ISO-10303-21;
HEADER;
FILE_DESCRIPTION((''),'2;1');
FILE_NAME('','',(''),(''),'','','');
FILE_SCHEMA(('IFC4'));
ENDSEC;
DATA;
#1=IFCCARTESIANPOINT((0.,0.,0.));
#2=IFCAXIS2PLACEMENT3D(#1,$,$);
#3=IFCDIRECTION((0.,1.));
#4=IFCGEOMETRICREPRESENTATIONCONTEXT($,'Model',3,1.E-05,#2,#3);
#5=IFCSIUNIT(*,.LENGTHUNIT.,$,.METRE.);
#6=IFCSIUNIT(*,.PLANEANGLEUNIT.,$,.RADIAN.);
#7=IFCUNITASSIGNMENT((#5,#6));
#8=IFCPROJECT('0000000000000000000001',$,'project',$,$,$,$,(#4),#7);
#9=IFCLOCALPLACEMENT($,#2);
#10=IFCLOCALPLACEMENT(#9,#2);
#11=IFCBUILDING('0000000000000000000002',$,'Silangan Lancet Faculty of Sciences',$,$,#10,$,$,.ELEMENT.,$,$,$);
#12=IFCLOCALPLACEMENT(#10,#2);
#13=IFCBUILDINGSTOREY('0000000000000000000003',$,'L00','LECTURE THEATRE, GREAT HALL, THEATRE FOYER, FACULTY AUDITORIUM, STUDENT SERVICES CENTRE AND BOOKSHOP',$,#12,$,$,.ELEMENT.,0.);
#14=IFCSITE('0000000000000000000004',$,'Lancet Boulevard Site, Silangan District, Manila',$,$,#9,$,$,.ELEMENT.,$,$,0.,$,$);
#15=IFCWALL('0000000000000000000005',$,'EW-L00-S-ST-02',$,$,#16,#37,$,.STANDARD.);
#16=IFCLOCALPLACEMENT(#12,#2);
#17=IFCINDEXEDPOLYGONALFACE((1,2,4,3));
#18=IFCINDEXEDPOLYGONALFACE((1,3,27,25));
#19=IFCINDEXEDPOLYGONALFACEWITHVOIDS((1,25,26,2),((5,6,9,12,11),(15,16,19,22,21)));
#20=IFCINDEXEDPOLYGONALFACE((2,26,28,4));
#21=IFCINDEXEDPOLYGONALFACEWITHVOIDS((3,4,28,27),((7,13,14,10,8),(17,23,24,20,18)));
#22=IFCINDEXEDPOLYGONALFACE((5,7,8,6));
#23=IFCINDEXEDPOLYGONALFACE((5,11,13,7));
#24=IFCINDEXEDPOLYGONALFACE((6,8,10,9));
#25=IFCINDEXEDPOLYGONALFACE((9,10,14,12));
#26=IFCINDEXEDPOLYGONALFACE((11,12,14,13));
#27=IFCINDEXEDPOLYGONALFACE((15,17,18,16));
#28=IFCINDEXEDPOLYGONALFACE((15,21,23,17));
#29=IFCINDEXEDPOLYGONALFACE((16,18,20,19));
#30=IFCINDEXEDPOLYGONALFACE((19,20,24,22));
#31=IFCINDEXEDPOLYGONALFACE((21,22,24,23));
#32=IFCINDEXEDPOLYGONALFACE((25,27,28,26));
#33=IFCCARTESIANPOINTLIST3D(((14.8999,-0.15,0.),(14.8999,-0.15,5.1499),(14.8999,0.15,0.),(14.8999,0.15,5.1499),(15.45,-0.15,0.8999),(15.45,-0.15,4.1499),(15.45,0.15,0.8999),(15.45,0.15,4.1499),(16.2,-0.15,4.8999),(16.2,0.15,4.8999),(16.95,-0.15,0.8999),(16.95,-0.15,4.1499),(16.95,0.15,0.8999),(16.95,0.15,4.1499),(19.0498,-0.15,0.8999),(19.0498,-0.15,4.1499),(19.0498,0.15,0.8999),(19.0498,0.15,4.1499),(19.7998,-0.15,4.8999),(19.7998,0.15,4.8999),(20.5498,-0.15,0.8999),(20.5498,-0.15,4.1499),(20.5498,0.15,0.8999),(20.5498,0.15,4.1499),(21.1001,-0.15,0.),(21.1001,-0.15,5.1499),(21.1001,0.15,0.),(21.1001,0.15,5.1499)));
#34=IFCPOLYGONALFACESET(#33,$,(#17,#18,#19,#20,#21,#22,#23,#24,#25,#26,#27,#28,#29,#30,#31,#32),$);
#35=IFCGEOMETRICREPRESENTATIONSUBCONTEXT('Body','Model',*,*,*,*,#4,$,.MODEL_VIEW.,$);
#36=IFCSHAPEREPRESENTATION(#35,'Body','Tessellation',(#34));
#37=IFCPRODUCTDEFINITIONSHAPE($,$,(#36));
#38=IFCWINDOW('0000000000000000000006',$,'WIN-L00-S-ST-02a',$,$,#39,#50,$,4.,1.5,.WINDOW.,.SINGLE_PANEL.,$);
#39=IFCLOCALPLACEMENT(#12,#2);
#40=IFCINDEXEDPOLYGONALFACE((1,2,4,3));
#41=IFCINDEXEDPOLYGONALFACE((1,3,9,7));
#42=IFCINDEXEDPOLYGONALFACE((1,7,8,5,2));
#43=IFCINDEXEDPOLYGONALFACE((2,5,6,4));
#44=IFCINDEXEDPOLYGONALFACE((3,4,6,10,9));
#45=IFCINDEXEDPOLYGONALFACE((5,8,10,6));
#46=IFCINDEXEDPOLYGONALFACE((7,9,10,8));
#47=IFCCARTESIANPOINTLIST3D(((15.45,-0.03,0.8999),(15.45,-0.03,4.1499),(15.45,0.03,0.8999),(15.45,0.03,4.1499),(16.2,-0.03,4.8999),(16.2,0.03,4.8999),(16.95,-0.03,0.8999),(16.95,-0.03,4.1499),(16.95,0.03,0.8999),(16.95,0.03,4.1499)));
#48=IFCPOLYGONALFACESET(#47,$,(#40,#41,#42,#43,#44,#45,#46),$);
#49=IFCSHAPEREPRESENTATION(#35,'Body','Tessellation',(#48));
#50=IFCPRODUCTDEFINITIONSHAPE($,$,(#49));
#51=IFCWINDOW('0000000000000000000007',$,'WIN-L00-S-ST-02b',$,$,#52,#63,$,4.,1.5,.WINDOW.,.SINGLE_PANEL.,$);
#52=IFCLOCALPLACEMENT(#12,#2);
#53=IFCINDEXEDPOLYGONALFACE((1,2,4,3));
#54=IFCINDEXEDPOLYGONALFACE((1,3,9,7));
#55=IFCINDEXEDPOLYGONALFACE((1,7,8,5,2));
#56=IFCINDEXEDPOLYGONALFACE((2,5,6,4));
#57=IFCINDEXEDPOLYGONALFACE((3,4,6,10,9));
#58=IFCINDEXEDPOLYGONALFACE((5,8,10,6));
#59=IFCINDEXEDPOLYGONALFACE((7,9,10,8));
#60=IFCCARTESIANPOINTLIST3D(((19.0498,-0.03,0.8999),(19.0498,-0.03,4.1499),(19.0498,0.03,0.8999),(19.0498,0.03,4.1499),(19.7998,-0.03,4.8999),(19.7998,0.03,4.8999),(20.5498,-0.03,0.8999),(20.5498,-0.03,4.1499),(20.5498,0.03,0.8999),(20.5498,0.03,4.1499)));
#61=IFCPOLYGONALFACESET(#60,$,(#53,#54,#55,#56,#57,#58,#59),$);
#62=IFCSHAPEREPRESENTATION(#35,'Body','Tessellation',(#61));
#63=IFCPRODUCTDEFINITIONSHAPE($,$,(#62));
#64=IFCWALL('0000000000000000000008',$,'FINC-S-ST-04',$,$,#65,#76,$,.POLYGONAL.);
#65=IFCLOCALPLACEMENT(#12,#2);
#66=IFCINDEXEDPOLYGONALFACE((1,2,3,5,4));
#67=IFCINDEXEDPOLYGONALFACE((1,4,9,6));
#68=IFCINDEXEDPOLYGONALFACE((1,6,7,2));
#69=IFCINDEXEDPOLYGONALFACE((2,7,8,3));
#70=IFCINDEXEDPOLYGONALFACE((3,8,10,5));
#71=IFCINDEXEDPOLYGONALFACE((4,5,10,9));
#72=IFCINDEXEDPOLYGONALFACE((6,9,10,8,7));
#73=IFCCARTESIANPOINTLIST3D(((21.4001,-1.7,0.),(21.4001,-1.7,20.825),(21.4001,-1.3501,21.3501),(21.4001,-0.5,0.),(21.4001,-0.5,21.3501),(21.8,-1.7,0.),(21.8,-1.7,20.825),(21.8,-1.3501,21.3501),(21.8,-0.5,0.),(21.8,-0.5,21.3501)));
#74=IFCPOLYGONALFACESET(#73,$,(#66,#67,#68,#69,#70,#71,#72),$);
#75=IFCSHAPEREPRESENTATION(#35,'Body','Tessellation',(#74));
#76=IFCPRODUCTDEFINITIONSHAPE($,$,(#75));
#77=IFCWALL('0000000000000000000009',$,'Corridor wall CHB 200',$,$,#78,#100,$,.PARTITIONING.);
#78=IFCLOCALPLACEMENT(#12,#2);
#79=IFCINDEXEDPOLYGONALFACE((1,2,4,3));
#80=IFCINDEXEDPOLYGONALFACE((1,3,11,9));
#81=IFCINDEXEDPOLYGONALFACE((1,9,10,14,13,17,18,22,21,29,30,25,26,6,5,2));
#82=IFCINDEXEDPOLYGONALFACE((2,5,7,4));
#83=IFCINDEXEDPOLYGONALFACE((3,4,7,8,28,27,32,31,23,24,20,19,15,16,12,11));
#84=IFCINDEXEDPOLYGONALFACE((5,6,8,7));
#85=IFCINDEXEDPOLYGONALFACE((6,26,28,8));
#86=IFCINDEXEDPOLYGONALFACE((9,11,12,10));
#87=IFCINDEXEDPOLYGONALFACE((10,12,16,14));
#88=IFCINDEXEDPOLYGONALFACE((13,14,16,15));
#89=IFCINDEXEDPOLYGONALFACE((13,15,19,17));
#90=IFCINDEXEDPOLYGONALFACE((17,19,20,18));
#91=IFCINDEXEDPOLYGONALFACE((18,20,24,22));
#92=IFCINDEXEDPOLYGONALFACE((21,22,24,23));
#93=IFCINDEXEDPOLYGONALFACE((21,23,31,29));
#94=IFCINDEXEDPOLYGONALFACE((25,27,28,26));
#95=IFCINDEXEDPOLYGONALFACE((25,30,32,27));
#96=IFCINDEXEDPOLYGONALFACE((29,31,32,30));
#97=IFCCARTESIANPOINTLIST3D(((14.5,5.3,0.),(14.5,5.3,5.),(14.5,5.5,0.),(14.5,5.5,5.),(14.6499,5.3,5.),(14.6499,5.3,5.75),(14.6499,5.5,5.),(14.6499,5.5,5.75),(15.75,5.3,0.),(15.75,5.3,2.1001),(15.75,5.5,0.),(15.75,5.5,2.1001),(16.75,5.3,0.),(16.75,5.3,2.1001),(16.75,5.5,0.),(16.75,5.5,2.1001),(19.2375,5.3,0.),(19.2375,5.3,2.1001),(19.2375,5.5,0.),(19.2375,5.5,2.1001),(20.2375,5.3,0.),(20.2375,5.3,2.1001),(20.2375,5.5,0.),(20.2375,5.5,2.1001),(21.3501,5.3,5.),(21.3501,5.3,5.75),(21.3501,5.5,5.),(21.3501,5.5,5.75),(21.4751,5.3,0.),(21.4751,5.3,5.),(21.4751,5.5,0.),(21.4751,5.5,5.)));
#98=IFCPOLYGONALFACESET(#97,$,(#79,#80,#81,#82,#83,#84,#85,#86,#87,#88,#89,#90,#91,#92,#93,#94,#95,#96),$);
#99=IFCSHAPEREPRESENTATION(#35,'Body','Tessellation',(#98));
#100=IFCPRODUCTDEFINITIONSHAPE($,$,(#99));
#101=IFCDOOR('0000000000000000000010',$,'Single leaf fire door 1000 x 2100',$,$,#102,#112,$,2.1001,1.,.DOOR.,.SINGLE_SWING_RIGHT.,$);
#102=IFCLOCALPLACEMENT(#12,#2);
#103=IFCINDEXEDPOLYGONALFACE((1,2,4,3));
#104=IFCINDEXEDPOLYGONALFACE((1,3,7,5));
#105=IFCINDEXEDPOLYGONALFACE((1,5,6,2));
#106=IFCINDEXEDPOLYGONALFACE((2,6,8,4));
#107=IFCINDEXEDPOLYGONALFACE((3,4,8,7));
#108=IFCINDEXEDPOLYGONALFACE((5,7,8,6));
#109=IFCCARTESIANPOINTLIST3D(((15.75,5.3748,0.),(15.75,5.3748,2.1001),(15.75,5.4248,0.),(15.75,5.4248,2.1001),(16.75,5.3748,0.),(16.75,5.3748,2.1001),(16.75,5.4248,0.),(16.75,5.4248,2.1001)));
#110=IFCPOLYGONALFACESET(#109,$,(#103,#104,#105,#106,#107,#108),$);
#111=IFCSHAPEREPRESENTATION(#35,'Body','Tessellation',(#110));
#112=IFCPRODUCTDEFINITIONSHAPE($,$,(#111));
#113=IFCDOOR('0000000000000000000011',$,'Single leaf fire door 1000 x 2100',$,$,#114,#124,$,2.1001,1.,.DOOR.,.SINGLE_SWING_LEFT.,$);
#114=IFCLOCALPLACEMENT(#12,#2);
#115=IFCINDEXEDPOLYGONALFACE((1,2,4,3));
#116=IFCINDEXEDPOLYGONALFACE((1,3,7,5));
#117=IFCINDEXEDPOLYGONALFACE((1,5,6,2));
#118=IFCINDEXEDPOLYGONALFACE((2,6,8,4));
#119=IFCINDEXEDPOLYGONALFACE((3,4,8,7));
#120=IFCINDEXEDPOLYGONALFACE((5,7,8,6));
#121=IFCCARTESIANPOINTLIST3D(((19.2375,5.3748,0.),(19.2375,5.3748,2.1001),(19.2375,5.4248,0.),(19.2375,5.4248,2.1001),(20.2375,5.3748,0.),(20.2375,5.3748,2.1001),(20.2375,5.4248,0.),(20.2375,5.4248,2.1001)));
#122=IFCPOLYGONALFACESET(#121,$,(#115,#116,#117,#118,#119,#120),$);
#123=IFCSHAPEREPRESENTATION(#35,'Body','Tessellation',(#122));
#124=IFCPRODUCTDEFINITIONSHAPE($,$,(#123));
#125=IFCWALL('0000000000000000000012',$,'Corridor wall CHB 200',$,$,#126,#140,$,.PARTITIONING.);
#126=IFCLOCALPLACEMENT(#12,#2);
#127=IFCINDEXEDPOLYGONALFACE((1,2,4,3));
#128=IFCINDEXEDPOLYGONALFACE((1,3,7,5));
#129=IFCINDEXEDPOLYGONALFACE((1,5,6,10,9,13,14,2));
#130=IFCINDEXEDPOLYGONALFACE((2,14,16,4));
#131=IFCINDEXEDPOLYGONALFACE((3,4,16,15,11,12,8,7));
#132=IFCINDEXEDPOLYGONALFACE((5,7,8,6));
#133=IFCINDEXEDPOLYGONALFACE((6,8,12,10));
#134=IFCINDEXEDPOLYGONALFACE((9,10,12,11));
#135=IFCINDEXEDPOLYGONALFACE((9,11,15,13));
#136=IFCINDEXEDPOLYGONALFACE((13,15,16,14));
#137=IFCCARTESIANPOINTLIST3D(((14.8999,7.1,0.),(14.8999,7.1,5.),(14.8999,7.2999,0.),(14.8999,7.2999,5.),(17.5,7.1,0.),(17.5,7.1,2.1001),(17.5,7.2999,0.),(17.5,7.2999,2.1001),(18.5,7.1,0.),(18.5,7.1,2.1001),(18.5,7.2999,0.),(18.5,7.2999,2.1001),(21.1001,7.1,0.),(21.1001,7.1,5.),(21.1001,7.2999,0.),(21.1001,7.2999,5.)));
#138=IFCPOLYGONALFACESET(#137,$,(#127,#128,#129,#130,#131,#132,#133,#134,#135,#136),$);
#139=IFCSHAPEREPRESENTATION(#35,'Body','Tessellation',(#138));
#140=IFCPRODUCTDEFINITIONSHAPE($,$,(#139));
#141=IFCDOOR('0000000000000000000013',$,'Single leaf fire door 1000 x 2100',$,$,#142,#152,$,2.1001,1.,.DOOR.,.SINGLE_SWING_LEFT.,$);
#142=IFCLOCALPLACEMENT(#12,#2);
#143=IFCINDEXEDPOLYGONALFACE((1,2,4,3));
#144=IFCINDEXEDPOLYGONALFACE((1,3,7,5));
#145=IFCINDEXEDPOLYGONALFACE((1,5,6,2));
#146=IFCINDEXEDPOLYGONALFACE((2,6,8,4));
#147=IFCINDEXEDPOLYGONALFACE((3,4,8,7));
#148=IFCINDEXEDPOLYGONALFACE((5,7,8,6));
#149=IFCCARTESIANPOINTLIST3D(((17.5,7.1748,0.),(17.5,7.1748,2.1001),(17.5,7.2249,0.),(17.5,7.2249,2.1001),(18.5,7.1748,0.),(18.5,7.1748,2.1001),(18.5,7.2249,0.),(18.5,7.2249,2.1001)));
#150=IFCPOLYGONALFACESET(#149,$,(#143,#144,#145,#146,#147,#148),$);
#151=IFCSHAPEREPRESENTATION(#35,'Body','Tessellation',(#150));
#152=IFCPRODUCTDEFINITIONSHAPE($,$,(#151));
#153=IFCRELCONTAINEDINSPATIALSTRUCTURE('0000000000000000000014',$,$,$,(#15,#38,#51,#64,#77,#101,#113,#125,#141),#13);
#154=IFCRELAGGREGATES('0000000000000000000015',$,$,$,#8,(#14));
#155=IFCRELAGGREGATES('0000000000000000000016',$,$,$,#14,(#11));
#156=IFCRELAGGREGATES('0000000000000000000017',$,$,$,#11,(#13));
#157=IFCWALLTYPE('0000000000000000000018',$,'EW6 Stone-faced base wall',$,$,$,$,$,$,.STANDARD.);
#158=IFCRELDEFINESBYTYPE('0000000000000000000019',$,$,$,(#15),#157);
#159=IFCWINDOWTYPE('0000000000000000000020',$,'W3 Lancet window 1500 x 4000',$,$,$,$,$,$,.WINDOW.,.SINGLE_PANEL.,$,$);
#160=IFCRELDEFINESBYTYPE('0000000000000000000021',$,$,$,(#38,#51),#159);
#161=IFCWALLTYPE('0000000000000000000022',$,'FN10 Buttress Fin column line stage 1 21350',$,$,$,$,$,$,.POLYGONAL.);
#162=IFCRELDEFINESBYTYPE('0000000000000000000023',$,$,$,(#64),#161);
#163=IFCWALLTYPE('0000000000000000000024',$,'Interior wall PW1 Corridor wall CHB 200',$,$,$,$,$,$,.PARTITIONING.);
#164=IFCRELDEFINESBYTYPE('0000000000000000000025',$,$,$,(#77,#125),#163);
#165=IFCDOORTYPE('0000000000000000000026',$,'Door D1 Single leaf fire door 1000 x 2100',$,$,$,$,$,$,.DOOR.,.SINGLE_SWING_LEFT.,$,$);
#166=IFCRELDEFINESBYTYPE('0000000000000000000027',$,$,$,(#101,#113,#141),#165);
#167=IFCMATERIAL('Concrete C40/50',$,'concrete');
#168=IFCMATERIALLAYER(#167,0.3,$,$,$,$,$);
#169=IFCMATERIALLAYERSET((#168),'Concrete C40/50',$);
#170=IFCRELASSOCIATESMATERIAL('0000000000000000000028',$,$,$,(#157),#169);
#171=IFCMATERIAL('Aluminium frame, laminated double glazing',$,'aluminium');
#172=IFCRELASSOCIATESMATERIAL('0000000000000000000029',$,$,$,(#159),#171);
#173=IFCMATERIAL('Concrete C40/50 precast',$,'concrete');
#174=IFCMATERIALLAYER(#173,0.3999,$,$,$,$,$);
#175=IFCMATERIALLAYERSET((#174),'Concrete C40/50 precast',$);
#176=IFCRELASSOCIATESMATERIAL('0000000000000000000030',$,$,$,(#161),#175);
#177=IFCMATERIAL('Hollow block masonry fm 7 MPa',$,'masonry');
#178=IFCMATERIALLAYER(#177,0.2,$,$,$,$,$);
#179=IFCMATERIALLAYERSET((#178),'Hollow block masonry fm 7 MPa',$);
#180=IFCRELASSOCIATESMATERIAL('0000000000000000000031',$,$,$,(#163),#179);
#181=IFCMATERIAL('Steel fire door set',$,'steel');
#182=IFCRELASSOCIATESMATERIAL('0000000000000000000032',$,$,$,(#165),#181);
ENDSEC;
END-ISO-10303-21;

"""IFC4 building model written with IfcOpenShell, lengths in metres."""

from ifc_helpers import new_model, si_unit, direction, frame, frame_2d, origin, place, context, subcontext, project, spatial, polyline, rectangle, outline, extrude, material, layer, layer_set, type_object, element, fill, save


model = new_model("IFC4")

# Units and contexts
model_context = context("Model", 3, precision=1e-05, world=origin(), true_north=direction((0.0, 1.0)))
body_context = subcontext(model_context, "Body", "Model", "MODEL_VIEW")
ifc_project = project(units=[si_unit("LENGTHUNIT", "METRE"), si_unit("PLANEANGLEUNIT", "RADIAN")], contexts=[model_context])

# Site, building, storey
site_placement = place(None, origin())
site = spatial("IfcSite", under=ifc_project, at=site_placement, Name="Lancet Boulevard Site, Silangan District, Manila", CompositionType="ELEMENT", RefElevation=0.0)
building_placement = place(site_placement, origin())
building = spatial("IfcBuilding", under=site, at=building_placement, Name="Silangan Lancet Faculty of Sciences", CompositionType="ELEMENT")
storey_placement = place(building_placement, origin())
storey = spatial("IfcBuildingStorey", under=building, at=storey_placement, Name="L00", Description="LECTURE THEATRE, GREAT HALL, THEATRE FOYER, FACULTY AUDITORIUM, STUDENT SERVICES CENTRE AND BOOKSHOP", CompositionType="ELEMENT", Elevation=0.0)

# Wall, openings, windows
ifc_material_1 = material(Name="Concrete C40/50", Category="concrete")
ifc_layer_1 = layer(ifc_material_1, 0.3)
ifc_layer_set_1 = layer_set([ifc_layer_1], Name="Concrete C40/50")
wall_type_1 = type_object("IfcWallType", Name="EW6 Stone-faced base wall", PredefinedType="STANDARD", material=ifc_layer_set_1)
wall_1_placement = place(storey_placement, frame((14.8999, 0.0, 0.0), z_axis=(0.0, 0.0, 1.0), x_axis=(1.0, 0.0, 0.0)))
wall_1 = element("IfcWall", 1, at=wall_1_placement, inside=storey, type_object=wall_type_1, Name="EW-L00-S-ST-02", PredefinedType="STANDARD", context=body_context, shape_type="SweptSolid", body=[
    extrude(rectangle(XDim=6.2002, YDim=0.3, at=frame_2d((3.1001, 0.0))), origin(), (0.0, 0.0, 1.0), 5.1499),
])
opening_1_placement = place(wall_1_placement, frame((0.55, 0.0, 0.8999)))
opening_1 = element("IfcOpeningElement", 2, at=opening_1_placement, cuts=wall_1, PredefinedType="OPENING", context=body_context, shape_type="SweptSolid", body=[
    extrude(outline(polyline([(0.0, 0.0), (1.5, 0.0), (1.5, 3.25), (0.75, 4.0), (0.0, 3.25), (0.0, 0.0)])), frame((0.0, 0.1599, 0.0), z_axis=(0.0, -1.0, 0.0), x_axis=(1.0, 0.0, 0.0)), (0.0, 0.0, 1.0), 0.3201),
])
opening_2_placement = place(wall_1_placement, frame((4.1499, 0.0, 0.8999)))
opening_2 = element("IfcOpeningElement", 3, at=opening_2_placement, cuts=wall_1, PredefinedType="OPENING", context=body_context, shape_type="SweptSolid", body=[
    extrude(outline(polyline([(0.0, 0.0), (1.5, 0.0), (1.5, 3.25), (0.75, 4.0), (0.0, 3.25), (0.0, 0.0)])), frame((0.0, 0.1599, 0.0), z_axis=(0.0, -1.0, 0.0), x_axis=(1.0, 0.0, 0.0)), (0.0, 0.0, 1.0), 0.3201),
])
ifc_material_2 = material(Name="Aluminium frame, laminated double glazing", Category="aluminium")
window_type_1 = type_object("IfcWindowType", Name="W3 Lancet window 1500 x 4000", PartitioningType="SINGLE_PANEL", PredefinedType="WINDOW", material=ifc_material_2)
window_1_placement = place(opening_1_placement, origin())
window_1 = element("IfcWindow", 4, at=window_1_placement, inside=storey, type_object=window_type_1, Name="WIN-L00-S-ST-02a", OverallHeight=4.0, OverallWidth=1.5, PartitioningType="SINGLE_PANEL", PredefinedType="WINDOW", context=body_context, shape_type="SweptSolid", body=[
    extrude(outline(polyline([(0.0, 0.0), (1.5, 0.0), (1.5, 3.25), (0.75, 4.0), (0.0, 3.25), (0.0, 0.0)])), frame((0.0, 0.03, 0.0), z_axis=(0.0, -1.0, 0.0), x_axis=(1.0, 0.0, 0.0)), (0.0, 0.0, 1.0), 0.0601),
])
fill(opening_1, window_1)
window_2_placement = place(opening_2_placement, origin())
window_2 = element("IfcWindow", 5, at=window_2_placement, inside=storey, type_object=window_type_1, Name="WIN-L00-S-ST-02b", OverallHeight=4.0, OverallWidth=1.5, PartitioningType="SINGLE_PANEL", PredefinedType="WINDOW", context=body_context, shape_type="SweptSolid", body=[
    extrude(outline(polyline([(0.0, 0.0), (1.5, 0.0), (1.5, 3.25), (0.75, 4.0), (0.0, 3.25), (0.0, 0.0)])), frame((0.0, 0.03, 0.0), z_axis=(0.0, -1.0, 0.0), x_axis=(1.0, 0.0, 0.0)), (0.0, 0.0, 1.0), 0.0601),
])
fill(opening_2, window_2)

# Wall
ifc_material_3 = material(Name="Concrete C40/50 precast", Category="concrete")
ifc_layer_2 = layer(ifc_material_3, 0.3999)
ifc_layer_set_2 = layer_set([ifc_layer_2], Name="Concrete C40/50 precast")
wall_type_2 = type_object("IfcWallType", Name="FN10 Buttress Fin column line stage 1 21350", PredefinedType="POLYGONAL", material=ifc_layer_set_2)
wall_2_placement = place(storey_placement, frame((21.6001, -0.5, 0.0), z_axis=(0.0, 0.0, 1.0), x_axis=(0.0, -1.0, 0.0)))
element("IfcWall", 6, at=wall_2_placement, inside=storey, type_object=wall_type_2, Name="FINC-S-ST-04", PredefinedType="POLYGONAL", context=body_context, shape_type="SweptSolid", body=[
    extrude(outline(polyline([(1.2, 0.0), (1.2, 20.825), (0.8501, 21.3501), (0.0, 21.3501), (0.0, 0.0), (1.2, 0.0)])), frame((0.0, 0.2, 0.0), z_axis=(0.0, -1.0, 0.0), x_axis=(1.0, 0.0, 0.0)), (0.0, 0.0, 1.0), 0.3999),
])

# Wall, openings, doors
ifc_material_4 = material(Name="Hollow block masonry fm 7 MPa", Category="masonry")
ifc_layer_3 = layer(ifc_material_4, 0.2)
ifc_layer_set_3 = layer_set([ifc_layer_3], Name="Hollow block masonry fm 7 MPa")
wall_type_3 = type_object("IfcWallType", Name="Interior wall PW1 Corridor wall CHB 200", PredefinedType="PARTITIONING", material=ifc_layer_set_3)
wall_3_placement = place(storey_placement, frame((14.5, 5.3999, 0.0), z_axis=(0.0, 0.0, 1.0), x_axis=(1.0, 0.0, 0.0)))
wall_3 = element("IfcWall", 7, at=wall_3_placement, inside=storey, type_object=wall_type_3, Name="Corridor wall CHB 200", PredefinedType="PARTITIONING", context=body_context, shape_type="SweptSolid", body=[
    extrude(outline(polyline([(0.0, 0.0), (6.9751, 0.0), (6.9751, 5.0), (6.8501, 5.0), (6.8501, 5.75), (0.1499, 5.75), (0.1499, 5.0), (0.0, 5.0), (0.0, 0.0)])), frame((0.0, 0.1001, 0.0), z_axis=(0.0, -1.0, 0.0), x_axis=(1.0, 0.0, 0.0)), (0.0, 0.0, 1.0), 0.2),
])
opening_3_placement = place(wall_3_placement, frame((1.25, 0.0, 0.0)))
opening_3 = element("IfcOpeningElement", 8, at=opening_3_placement, cuts=wall_3, PredefinedType="OPENING", context=body_context, shape_type="SweptSolid", body=[
    extrude(rectangle(XDim=1.0, YDim=2.1001, at=frame_2d((0.5, 1.05))), frame((0.0, 0.1099, 0.0), z_axis=(0.0, -1.0, 0.0), x_axis=(1.0, 0.0, 0.0)), (0.0, 0.0, 1.0), 0.22),
])
opening_4_placement = place(wall_3_placement, frame((4.7375, 0.0, 0.0)))
opening_4 = element("IfcOpeningElement", 9, at=opening_4_placement, cuts=wall_3, PredefinedType="OPENING", context=body_context, shape_type="SweptSolid", body=[
    extrude(rectangle(XDim=1.0, YDim=2.1001, at=frame_2d((0.5, 1.05))), frame((0.0, 0.1099, 0.0), z_axis=(0.0, -1.0, 0.0), x_axis=(1.0, 0.0, 0.0)), (0.0, 0.0, 1.0), 0.22),
])
ifc_material_5 = material(Name="Steel fire door set", Category="steel")
door_type_1 = type_object("IfcDoorType", Name="Door D1 Single leaf fire door 1000 x 2100", OperationType="SINGLE_SWING_LEFT", PredefinedType="DOOR", material=ifc_material_5)
door_1_placement = place(opening_3_placement, frame((1.0, 0.0, 0.0), z_axis=(0.0, 0.0, 1.0), x_axis=(-1.0, 0.0, 0.0)))
door_1 = element("IfcDoor", 10, at=door_1_placement, inside=storey, type_object=door_type_1, Name="Single leaf fire door 1000 x 2100", OperationType="SINGLE_SWING_RIGHT", OverallHeight=2.1001, OverallWidth=1.0, PredefinedType="DOOR", context=body_context, shape_type="SweptSolid", body=[
    extrude(rectangle(XDim=1.0, YDim=2.1001, at=frame_2d((0.5, 1.05))), frame((0.0, 0.0251, 0.0), z_axis=(0.0, -1.0, 0.0), x_axis=(1.0, 0.0, 0.0)), (0.0, 0.0, 1.0), 0.05),
])
fill(opening_3, door_1)
door_2_placement = place(opening_4_placement, frame((1.0, 0.0, 0.0), z_axis=(0.0, 0.0, 1.0), x_axis=(-1.0, 0.0, 0.0)))
door_2 = element("IfcDoor", 11, at=door_2_placement, inside=storey, type_object=door_type_1, Name="Single leaf fire door 1000 x 2100", OperationType="SINGLE_SWING_LEFT", OverallHeight=2.1001, OverallWidth=1.0, PredefinedType="DOOR", context=body_context, shape_type="SweptSolid", body=[
    extrude(rectangle(XDim=1.0, YDim=2.1001, at=frame_2d((0.5, 1.05))), frame((0.0, 0.0251, 0.0), z_axis=(0.0, -1.0, 0.0), x_axis=(1.0, 0.0, 0.0)), (0.0, 0.0, 1.0), 0.05),
])
fill(opening_4, door_2)

# Wall, opening, door
wall_4_placement = place(storey_placement, frame((14.8999, 7.2, 0.0), z_axis=(0.0, 0.0, 1.0), x_axis=(1.0, 0.0, 0.0)))
wall_4 = element("IfcWall", 12, at=wall_4_placement, inside=storey, type_object=wall_type_3, Name="Corridor wall CHB 200", PredefinedType="PARTITIONING", context=body_context, shape_type="SweptSolid", body=[
    extrude(rectangle(XDim=6.2002, YDim=0.2, at=frame_2d((3.1001, 0.0))), origin(), (0.0, 0.0, 1.0), 5.0),
])
opening_5_placement = place(wall_4_placement, frame((2.6001, 0.0, 0.0)))
opening_5 = element("IfcOpeningElement", 13, at=opening_5_placement, cuts=wall_4, PredefinedType="OPENING", context=body_context, shape_type="SweptSolid", body=[
    extrude(rectangle(XDim=1.0, YDim=2.1001, at=frame_2d((0.5, 1.05))), frame((0.0, 0.1099, 0.0), z_axis=(0.0, -1.0, 0.0), x_axis=(1.0, 0.0, 0.0)), (0.0, 0.0, 1.0), 0.22),
])
door_3_placement = place(opening_5_placement, frame((1.0, 0.0, 0.0), z_axis=(0.0, 0.0, 1.0), x_axis=(-1.0, 0.0, 0.0)))
door_3 = element("IfcDoor", 14, at=door_3_placement, inside=storey, type_object=door_type_1, Name="Single leaf fire door 1000 x 2100", OperationType="SINGLE_SWING_LEFT", OverallHeight=2.1001, OverallWidth=1.0, PredefinedType="DOOR", context=body_context, shape_type="SweptSolid", body=[
    extrude(rectangle(XDim=1.0, YDim=2.1001, at=frame_2d((0.5, 1.05))), frame((0.0, 0.0251, 0.0), z_axis=(0.0, -1.0, 0.0), x_axis=(1.0, 0.0, 0.0)), (0.0, 0.0, 1.0), 0.05),
])
fill(opening_5, door_3)

save(model, "model.ifc")
